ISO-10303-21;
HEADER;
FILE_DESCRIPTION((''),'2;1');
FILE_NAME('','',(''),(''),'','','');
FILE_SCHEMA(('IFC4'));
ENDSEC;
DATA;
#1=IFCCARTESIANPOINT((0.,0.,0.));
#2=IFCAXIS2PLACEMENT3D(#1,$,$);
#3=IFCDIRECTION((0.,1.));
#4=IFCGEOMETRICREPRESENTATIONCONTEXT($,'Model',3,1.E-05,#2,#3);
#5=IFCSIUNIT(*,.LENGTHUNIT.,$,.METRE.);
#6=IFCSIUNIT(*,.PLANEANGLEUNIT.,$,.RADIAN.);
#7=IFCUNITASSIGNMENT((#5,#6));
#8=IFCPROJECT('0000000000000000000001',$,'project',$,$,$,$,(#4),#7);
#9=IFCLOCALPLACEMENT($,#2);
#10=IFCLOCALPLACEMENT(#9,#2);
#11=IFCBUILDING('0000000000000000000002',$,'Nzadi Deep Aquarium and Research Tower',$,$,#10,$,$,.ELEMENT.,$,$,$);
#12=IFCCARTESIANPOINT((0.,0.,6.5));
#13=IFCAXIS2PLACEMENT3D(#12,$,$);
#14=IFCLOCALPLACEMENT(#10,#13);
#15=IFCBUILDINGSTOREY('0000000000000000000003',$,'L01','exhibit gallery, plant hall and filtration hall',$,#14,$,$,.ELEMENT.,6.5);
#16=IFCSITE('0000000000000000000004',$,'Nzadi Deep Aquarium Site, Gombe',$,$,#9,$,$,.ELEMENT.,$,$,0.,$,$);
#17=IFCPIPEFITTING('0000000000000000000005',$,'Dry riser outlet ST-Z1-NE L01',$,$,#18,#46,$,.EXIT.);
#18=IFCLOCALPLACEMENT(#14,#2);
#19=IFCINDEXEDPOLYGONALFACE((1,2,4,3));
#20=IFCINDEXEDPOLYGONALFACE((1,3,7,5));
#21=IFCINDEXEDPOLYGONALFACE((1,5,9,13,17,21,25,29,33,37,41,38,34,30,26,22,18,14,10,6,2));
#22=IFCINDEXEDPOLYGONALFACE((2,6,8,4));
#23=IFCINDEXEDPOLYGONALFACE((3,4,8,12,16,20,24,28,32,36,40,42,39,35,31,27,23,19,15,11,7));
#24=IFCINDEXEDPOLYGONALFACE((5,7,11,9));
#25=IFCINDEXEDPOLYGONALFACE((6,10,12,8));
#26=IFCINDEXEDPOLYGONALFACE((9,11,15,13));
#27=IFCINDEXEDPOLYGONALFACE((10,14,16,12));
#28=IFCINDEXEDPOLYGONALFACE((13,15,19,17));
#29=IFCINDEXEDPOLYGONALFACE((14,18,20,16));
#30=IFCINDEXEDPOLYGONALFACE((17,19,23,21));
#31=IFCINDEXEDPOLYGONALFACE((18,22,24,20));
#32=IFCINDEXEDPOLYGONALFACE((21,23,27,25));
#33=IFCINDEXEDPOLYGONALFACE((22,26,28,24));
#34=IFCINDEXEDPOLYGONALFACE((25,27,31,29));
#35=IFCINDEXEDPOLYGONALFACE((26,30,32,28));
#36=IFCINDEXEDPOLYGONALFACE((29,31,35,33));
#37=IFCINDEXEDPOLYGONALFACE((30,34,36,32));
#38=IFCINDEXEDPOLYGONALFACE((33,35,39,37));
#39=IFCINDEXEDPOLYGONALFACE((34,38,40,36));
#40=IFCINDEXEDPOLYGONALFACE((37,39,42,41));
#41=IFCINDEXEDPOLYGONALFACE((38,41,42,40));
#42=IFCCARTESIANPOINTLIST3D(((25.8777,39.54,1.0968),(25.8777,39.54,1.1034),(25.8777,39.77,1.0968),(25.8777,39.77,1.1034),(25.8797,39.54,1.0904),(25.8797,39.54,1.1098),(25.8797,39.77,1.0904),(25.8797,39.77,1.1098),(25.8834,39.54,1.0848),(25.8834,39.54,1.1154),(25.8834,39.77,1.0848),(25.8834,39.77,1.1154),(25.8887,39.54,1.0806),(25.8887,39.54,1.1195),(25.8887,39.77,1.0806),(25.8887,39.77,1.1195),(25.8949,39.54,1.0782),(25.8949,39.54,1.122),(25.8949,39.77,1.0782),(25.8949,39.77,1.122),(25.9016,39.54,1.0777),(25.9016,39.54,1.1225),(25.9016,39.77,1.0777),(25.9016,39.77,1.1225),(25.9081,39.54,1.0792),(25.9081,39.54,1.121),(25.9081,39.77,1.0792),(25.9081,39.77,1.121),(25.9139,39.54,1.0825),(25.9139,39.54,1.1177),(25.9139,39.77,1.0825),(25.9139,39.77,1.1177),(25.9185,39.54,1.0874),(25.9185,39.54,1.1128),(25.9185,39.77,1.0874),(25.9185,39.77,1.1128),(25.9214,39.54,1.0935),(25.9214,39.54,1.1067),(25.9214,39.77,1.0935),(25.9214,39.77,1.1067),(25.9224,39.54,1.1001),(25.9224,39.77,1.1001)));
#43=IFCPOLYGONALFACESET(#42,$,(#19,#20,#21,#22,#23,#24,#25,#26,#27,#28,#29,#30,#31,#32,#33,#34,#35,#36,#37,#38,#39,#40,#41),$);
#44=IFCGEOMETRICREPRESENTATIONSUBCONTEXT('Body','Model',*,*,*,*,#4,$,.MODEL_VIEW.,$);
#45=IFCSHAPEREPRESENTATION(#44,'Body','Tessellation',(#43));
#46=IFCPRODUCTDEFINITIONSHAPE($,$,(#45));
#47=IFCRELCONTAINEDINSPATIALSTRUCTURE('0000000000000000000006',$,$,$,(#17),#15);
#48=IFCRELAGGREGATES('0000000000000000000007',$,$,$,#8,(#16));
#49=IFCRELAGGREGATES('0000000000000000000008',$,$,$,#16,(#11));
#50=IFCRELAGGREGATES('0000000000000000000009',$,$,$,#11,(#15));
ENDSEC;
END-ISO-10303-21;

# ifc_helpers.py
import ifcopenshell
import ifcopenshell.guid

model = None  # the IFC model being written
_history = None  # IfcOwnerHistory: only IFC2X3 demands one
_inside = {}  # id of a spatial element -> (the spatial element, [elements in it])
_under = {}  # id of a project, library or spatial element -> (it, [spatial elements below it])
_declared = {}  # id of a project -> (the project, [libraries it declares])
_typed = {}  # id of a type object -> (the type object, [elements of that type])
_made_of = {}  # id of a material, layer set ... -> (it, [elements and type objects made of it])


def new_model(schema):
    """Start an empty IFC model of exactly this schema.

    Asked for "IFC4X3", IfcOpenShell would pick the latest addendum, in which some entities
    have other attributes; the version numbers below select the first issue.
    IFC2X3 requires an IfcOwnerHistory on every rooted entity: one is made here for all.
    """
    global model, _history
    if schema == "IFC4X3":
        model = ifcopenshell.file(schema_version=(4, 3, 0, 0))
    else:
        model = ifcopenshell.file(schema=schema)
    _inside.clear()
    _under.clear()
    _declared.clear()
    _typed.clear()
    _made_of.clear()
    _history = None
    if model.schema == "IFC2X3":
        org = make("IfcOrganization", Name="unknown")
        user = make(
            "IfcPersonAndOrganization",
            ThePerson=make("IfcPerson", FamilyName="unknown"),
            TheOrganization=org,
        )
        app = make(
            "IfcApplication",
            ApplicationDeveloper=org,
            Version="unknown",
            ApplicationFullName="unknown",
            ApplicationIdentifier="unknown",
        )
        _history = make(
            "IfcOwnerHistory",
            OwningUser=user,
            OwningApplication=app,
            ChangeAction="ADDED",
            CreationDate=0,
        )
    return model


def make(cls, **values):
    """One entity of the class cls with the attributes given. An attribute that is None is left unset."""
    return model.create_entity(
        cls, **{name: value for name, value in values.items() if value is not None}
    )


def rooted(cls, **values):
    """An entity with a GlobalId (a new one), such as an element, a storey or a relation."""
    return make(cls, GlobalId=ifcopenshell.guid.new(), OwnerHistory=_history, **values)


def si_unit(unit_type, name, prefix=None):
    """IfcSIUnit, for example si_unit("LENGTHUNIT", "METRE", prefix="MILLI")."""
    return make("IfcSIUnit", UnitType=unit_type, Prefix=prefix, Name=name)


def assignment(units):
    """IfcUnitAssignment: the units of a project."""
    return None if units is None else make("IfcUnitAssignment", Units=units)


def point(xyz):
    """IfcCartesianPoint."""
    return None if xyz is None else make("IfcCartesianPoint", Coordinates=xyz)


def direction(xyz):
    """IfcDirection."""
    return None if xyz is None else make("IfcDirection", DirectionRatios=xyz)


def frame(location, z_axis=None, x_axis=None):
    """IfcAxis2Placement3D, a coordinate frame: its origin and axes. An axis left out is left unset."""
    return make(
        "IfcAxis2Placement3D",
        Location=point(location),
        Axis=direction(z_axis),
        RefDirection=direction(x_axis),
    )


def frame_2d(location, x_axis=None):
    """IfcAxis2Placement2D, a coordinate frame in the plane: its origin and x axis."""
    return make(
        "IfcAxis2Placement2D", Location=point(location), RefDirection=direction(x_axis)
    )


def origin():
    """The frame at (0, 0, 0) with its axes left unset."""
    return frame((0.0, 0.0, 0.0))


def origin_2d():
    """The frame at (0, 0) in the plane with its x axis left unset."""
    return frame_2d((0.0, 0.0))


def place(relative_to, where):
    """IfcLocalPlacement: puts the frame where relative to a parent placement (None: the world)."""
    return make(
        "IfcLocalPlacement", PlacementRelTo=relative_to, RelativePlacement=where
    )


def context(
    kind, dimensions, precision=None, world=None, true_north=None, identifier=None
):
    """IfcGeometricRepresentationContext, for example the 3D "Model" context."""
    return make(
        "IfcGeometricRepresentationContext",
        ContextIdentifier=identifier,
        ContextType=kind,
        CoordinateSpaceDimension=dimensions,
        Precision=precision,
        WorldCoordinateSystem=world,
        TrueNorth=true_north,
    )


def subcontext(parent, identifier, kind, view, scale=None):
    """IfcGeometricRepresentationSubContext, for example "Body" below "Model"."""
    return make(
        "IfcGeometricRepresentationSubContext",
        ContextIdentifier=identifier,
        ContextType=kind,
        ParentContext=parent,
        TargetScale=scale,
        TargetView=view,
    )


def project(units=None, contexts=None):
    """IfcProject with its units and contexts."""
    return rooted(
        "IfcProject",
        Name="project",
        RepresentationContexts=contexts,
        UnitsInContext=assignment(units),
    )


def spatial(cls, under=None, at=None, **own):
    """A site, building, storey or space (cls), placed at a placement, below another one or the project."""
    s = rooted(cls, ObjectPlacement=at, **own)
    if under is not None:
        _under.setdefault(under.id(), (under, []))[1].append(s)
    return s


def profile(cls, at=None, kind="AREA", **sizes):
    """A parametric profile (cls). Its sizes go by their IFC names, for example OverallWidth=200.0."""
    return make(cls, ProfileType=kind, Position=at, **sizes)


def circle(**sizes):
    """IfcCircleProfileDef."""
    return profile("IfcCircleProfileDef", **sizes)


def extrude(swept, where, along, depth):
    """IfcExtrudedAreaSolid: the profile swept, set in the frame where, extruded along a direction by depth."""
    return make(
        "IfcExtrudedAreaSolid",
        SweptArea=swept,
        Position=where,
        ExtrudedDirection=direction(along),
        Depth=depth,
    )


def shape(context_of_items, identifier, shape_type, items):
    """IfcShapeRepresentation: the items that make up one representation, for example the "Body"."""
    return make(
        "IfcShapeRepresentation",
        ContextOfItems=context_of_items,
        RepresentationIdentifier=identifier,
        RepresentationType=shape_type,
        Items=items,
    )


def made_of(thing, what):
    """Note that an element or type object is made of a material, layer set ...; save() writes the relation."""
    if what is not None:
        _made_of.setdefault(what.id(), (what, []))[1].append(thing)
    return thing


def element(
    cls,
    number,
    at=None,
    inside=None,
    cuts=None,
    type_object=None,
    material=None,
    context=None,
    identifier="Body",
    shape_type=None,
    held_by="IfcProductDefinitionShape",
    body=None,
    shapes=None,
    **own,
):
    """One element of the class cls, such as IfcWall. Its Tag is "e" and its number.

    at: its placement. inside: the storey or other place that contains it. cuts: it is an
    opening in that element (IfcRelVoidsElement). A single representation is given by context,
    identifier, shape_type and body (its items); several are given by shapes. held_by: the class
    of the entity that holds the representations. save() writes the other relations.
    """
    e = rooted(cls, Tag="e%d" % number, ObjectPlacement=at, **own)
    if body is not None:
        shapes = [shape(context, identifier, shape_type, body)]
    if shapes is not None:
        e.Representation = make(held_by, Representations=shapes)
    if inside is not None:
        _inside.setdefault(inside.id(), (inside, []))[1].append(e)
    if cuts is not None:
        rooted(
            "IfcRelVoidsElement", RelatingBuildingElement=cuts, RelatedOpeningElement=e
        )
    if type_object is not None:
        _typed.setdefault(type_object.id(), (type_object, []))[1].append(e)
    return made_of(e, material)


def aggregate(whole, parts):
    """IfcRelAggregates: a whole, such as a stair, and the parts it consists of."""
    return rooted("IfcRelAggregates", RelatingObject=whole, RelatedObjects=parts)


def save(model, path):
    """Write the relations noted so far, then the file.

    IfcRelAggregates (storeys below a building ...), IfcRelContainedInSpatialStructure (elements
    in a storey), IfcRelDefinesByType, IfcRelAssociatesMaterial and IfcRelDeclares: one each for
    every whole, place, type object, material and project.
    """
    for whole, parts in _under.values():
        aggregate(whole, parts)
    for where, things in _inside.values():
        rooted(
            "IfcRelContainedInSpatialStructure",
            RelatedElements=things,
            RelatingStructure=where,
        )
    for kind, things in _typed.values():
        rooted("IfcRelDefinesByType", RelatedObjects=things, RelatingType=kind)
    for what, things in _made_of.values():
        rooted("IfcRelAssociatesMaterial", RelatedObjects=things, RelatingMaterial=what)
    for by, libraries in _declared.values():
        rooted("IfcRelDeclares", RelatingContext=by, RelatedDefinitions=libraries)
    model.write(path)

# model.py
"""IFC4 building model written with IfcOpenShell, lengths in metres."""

from ifc_helpers import new_model, si_unit, direction, frame, origin, origin_2d, place, context, subcontext, project, spatial, circle, extrude, element, save


model = new_model("IFC4")

# Units and contexts
model_context = context("Model", 3, precision=1e-05, world=origin(), true_north=direction((0.0, 1.0)))
body_context = subcontext(model_context, "Body", "Model", "MODEL_VIEW")
ifc_project = project(units=[si_unit("LENGTHUNIT", "METRE"), si_unit("PLANEANGLEUNIT", "RADIAN")], contexts=[model_context])

# Site, building, storey
site_placement = place(None, origin())
site = spatial("IfcSite", under=ifc_project, at=site_placement, Name="Nzadi Deep Aquarium Site, Gombe", CompositionType="ELEMENT", RefElevation=0.0)
building_placement = place(site_placement, origin())
building = spatial("IfcBuilding", under=site, at=building_placement, Name="Nzadi Deep Aquarium and Research Tower", CompositionType="ELEMENT")
storey_placement = place(building_placement, frame((0.0, 0.0, 6.5)))
storey = spatial("IfcBuildingStorey", under=building, at=storey_placement, Name="L01", Description="exhibit gallery, plant hall and filtration hall", CompositionType="ELEMENT", Elevation=6.5)

# Pipe fitting
pipe_fitting_placement = place(storey_placement, frame((25.8999, 39.77, 1.1001), z_axis=(0.0, -1.0, 0.0), x_axis=(1.0, 0.0, 0.0)))
element("IfcPipeFitting", 1, at=pipe_fitting_placement, inside=storey, Name="Dry riser outlet ST-Z1-NE L01", PredefinedType="EXIT", context=body_context, shape_type="SweptSolid", body=[
    extrude(circle(Radius=0.0225, at=origin_2d()), origin(), (0.0, 0.0, 1.0), 0.23),
])

save(model, "model.ifc")
